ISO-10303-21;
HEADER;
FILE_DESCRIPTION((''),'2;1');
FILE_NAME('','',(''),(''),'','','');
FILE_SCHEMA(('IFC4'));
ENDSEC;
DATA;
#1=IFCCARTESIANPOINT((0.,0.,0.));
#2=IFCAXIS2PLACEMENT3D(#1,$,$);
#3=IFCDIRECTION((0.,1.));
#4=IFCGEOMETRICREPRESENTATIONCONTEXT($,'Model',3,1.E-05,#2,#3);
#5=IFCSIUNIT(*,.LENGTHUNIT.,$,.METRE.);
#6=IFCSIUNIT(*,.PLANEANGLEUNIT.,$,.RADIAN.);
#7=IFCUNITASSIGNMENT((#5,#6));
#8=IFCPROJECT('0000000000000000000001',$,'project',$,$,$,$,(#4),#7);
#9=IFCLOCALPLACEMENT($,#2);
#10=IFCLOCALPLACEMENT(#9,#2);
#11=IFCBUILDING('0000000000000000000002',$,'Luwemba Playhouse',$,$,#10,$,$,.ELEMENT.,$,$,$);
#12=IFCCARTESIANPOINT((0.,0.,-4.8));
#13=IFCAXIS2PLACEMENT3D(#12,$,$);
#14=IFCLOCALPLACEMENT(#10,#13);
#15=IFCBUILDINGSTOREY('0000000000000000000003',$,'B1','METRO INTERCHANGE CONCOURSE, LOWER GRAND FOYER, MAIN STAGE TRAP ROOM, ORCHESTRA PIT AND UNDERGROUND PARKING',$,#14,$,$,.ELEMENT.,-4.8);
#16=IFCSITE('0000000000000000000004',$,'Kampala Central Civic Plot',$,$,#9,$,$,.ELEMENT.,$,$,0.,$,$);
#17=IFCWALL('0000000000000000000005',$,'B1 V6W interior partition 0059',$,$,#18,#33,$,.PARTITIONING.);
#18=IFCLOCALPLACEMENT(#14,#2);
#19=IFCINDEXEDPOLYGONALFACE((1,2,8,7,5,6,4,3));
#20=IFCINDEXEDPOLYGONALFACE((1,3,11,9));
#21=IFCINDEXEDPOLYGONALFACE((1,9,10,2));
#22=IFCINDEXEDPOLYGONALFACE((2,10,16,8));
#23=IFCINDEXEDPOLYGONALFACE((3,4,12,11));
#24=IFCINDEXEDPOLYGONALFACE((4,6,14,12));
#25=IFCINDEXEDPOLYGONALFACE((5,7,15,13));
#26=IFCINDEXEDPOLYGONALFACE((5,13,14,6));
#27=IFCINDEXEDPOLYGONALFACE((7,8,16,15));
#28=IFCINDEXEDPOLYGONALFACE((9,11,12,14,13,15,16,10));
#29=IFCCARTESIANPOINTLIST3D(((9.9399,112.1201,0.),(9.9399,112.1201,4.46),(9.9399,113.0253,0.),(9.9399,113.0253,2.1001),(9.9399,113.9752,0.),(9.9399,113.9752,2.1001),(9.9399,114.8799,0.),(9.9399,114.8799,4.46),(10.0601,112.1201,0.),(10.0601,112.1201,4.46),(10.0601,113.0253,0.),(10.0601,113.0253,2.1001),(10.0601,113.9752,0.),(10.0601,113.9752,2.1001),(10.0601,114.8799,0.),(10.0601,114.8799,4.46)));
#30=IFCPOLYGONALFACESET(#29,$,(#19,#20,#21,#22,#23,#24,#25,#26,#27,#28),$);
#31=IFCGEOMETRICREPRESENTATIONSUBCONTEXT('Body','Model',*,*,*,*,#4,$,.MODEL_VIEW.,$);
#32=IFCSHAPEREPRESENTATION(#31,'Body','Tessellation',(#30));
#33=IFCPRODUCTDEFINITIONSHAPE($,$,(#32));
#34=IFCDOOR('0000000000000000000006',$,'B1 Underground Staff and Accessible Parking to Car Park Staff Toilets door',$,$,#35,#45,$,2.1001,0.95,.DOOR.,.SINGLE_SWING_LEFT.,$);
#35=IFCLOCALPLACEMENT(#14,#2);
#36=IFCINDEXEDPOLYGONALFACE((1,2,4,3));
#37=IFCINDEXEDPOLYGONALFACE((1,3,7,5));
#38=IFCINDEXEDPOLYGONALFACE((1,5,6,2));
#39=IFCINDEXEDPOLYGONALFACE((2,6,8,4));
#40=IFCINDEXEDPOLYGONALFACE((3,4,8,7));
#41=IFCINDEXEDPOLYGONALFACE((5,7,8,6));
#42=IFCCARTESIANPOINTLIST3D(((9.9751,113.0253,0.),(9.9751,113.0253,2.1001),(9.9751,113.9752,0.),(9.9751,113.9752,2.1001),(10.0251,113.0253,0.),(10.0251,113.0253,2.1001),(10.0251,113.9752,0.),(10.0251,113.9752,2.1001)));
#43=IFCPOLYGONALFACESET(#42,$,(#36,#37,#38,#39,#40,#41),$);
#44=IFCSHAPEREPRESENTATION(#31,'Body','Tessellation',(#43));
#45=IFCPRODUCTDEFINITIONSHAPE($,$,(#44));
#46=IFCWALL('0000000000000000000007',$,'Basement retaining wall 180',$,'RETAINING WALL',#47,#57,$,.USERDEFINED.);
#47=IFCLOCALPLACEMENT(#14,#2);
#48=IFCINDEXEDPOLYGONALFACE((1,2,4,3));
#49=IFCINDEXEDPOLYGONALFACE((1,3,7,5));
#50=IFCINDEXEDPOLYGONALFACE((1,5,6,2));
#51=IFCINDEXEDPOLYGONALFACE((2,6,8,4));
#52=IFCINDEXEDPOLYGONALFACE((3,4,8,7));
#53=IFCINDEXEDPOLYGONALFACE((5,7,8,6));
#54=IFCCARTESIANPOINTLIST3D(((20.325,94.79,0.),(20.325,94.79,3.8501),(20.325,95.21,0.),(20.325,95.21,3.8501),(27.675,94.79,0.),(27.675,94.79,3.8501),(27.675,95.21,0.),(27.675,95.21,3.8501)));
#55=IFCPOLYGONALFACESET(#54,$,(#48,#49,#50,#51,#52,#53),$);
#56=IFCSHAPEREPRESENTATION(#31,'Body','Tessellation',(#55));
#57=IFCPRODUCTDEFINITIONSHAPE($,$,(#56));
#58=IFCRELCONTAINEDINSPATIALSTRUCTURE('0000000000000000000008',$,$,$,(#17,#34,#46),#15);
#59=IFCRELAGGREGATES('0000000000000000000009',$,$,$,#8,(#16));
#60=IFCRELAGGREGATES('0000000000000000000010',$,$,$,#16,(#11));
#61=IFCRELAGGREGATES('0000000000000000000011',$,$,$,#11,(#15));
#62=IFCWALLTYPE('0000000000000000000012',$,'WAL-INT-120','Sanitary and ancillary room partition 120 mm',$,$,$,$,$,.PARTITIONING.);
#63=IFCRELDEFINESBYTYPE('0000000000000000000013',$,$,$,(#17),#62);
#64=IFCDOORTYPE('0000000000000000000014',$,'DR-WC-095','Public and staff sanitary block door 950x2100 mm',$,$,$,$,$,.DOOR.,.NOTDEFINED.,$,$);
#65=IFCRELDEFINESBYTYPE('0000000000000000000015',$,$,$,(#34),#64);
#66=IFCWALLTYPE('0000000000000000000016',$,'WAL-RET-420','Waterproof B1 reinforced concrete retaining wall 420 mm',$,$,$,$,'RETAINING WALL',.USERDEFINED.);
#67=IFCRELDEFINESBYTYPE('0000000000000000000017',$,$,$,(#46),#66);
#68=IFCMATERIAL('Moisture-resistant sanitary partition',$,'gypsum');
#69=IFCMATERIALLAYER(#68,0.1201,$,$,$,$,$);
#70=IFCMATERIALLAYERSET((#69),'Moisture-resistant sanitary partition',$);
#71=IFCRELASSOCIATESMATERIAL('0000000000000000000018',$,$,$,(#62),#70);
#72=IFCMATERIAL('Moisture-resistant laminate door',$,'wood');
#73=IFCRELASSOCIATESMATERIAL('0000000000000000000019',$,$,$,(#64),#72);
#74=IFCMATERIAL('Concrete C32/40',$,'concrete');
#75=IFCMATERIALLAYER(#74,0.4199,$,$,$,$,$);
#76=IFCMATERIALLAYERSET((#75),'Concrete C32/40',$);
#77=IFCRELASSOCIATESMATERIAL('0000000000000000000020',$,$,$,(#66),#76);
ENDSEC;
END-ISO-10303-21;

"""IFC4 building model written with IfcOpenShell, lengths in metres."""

from ifc_helpers import new_model, si_unit, direction, frame, frame_2d, origin, place, context, subcontext, project, spatial, rectangle, extrude, material, layer, layer_set, type_object, element, fill, save


model = new_model("IFC4")

# Units and contexts
model_context = context("Model", 3, precision=1e-05, world=origin(), true_north=direction((0.0, 1.0)))
body_context = subcontext(model_context, "Body", "Model", "MODEL_VIEW")
ifc_project = project(units=[si_unit("LENGTHUNIT", "METRE"), si_unit("PLANEANGLEUNIT", "RADIAN")], contexts=[model_context])

# Site, building, storey
site_placement = place(None, origin())
site = spatial("IfcSite", under=ifc_project, at=site_placement, Name="Kampala Central Civic Plot", CompositionType="ELEMENT", RefElevation=0.0)
building_placement = place(site_placement, origin())
building = spatial("IfcBuilding", under=site, at=building_placement, Name="Luwemba Playhouse", CompositionType="ELEMENT")
storey_placement = place(building_placement, frame((0.0, 0.0, -4.8)))
storey = spatial("IfcBuildingStorey", under=building, at=storey_placement, Name="B1", Description="METRO INTERCHANGE CONCOURSE, LOWER GRAND FOYER, MAIN STAGE TRAP ROOM, ORCHESTRA PIT AND UNDERGROUND PARKING", CompositionType="ELEMENT", Elevation=-4.8)

# Shared definitions
ifc_material_1 = material(Name="Concrete C32/40", Category="concrete")

# Wall, opening, door
ifc_material_2 = material(Name="Moisture-resistant sanitary partition", Category="gypsum")
ifc_layer_1 = layer(ifc_material_2, 0.1201)
ifc_layer_set_1 = layer_set([ifc_layer_1], Name="Moisture-resistant sanitary partition")
wall_type_1 = type_object("IfcWallType", Name="WAL-INT-120", Description="Sanitary and ancillary room partition 120 mm", PredefinedType="PARTITIONING", material=ifc_layer_set_1)
wall_1_placement = place(storey_placement, frame((10.0, 112.1201, 0.0), z_axis=(0.0, 0.0, 1.0), x_axis=(0.0, 1.0, 0.0)))
wall_1 = element("IfcWall", 1, at=wall_1_placement, inside=storey, type_object=wall_type_1, Name="B1 V6W interior partition 0059", PredefinedType="PARTITIONING", context=body_context, shape_type="SweptSolid", body=[
    extrude(rectangle(XDim=2.7598, YDim=0.1201, at=frame_2d((1.3799, 0.0))), origin(), (0.0, 0.0, 1.0), 4.46),
])
opening_placement = place(wall_1_placement, frame((0.905, 0.0, 0.0)))
opening = element("IfcOpeningElement", 2, at=opening_placement, cuts=wall_1, PredefinedType="OPENING", context=body_context, shape_type="SweptSolid", body=[
    extrude(rectangle(XDim=0.95, YDim=2.1001, at=frame_2d((0.4751, 1.05))), frame((0.0, 0.0701, 0.0), z_axis=(0.0, -1.0, 0.0), x_axis=(1.0, 0.0, 0.0)), (0.0, 0.0, 1.0), 0.1401),
])
ifc_material_3 = material(Name="Moisture-resistant laminate door", Category="wood")
door_type = type_object("IfcDoorType", Name="DR-WC-095", Description="Public and staff sanitary block door 950x2100 mm", OperationType="NOTDEFINED", PredefinedType="DOOR", material=ifc_material_3)
door_placement = place(opening_placement, origin())
door = element("IfcDoor", 3, at=door_placement, inside=storey, type_object=door_type, Name="B1 Underground Staff and Accessible Parking to Car Park Staff Toilets door", OperationType="SINGLE_SWING_LEFT", OverallHeight=2.1001, OverallWidth=0.95, PredefinedType="DOOR", context=body_context, shape_type="SweptSolid", body=[
    extrude(rectangle(XDim=0.95, YDim=2.1001, at=frame_2d((0.4751, 1.05))), frame((0.0, 0.0249, 0.0), z_axis=(0.0, -1.0, 0.0), x_axis=(1.0, 0.0, 0.0)), (0.0, 0.0, 1.0), 0.05),
])
fill(opening, door)

# Wall
ifc_layer_2 = layer(ifc_material_1, 0.4199)
ifc_layer_set_2 = layer_set([ifc_layer_2], Name="Concrete C32/40")
wall_type_2 = type_object("IfcWallType", Name="WAL-RET-420", Description="Waterproof B1 reinforced concrete retaining wall 420 mm", ElementType="RETAINING WALL", PredefinedType="USERDEFINED", material=ifc_layer_set_2)
wall_2_placement = place(storey_placement, frame((27.675, 95.0, 0.0), z_axis=(0.0, 0.0, 1.0), x_axis=(-1.0, 0.0, 0.0)))
element("IfcWall", 4, at=wall_2_placement, inside=storey, type_object=wall_type_2, Name="Basement retaining wall 180", ObjectType="RETAINING WALL", PredefinedType="USERDEFINED", context=body_context, shape_type="SweptSolid", body=[
    extrude(rectangle(XDim=7.3501, YDim=0.4199, at=frame_2d((3.675, 0.0))), origin(), (0.0, 0.0, 1.0), 3.8501),
])

save(model, "model.ifc")
